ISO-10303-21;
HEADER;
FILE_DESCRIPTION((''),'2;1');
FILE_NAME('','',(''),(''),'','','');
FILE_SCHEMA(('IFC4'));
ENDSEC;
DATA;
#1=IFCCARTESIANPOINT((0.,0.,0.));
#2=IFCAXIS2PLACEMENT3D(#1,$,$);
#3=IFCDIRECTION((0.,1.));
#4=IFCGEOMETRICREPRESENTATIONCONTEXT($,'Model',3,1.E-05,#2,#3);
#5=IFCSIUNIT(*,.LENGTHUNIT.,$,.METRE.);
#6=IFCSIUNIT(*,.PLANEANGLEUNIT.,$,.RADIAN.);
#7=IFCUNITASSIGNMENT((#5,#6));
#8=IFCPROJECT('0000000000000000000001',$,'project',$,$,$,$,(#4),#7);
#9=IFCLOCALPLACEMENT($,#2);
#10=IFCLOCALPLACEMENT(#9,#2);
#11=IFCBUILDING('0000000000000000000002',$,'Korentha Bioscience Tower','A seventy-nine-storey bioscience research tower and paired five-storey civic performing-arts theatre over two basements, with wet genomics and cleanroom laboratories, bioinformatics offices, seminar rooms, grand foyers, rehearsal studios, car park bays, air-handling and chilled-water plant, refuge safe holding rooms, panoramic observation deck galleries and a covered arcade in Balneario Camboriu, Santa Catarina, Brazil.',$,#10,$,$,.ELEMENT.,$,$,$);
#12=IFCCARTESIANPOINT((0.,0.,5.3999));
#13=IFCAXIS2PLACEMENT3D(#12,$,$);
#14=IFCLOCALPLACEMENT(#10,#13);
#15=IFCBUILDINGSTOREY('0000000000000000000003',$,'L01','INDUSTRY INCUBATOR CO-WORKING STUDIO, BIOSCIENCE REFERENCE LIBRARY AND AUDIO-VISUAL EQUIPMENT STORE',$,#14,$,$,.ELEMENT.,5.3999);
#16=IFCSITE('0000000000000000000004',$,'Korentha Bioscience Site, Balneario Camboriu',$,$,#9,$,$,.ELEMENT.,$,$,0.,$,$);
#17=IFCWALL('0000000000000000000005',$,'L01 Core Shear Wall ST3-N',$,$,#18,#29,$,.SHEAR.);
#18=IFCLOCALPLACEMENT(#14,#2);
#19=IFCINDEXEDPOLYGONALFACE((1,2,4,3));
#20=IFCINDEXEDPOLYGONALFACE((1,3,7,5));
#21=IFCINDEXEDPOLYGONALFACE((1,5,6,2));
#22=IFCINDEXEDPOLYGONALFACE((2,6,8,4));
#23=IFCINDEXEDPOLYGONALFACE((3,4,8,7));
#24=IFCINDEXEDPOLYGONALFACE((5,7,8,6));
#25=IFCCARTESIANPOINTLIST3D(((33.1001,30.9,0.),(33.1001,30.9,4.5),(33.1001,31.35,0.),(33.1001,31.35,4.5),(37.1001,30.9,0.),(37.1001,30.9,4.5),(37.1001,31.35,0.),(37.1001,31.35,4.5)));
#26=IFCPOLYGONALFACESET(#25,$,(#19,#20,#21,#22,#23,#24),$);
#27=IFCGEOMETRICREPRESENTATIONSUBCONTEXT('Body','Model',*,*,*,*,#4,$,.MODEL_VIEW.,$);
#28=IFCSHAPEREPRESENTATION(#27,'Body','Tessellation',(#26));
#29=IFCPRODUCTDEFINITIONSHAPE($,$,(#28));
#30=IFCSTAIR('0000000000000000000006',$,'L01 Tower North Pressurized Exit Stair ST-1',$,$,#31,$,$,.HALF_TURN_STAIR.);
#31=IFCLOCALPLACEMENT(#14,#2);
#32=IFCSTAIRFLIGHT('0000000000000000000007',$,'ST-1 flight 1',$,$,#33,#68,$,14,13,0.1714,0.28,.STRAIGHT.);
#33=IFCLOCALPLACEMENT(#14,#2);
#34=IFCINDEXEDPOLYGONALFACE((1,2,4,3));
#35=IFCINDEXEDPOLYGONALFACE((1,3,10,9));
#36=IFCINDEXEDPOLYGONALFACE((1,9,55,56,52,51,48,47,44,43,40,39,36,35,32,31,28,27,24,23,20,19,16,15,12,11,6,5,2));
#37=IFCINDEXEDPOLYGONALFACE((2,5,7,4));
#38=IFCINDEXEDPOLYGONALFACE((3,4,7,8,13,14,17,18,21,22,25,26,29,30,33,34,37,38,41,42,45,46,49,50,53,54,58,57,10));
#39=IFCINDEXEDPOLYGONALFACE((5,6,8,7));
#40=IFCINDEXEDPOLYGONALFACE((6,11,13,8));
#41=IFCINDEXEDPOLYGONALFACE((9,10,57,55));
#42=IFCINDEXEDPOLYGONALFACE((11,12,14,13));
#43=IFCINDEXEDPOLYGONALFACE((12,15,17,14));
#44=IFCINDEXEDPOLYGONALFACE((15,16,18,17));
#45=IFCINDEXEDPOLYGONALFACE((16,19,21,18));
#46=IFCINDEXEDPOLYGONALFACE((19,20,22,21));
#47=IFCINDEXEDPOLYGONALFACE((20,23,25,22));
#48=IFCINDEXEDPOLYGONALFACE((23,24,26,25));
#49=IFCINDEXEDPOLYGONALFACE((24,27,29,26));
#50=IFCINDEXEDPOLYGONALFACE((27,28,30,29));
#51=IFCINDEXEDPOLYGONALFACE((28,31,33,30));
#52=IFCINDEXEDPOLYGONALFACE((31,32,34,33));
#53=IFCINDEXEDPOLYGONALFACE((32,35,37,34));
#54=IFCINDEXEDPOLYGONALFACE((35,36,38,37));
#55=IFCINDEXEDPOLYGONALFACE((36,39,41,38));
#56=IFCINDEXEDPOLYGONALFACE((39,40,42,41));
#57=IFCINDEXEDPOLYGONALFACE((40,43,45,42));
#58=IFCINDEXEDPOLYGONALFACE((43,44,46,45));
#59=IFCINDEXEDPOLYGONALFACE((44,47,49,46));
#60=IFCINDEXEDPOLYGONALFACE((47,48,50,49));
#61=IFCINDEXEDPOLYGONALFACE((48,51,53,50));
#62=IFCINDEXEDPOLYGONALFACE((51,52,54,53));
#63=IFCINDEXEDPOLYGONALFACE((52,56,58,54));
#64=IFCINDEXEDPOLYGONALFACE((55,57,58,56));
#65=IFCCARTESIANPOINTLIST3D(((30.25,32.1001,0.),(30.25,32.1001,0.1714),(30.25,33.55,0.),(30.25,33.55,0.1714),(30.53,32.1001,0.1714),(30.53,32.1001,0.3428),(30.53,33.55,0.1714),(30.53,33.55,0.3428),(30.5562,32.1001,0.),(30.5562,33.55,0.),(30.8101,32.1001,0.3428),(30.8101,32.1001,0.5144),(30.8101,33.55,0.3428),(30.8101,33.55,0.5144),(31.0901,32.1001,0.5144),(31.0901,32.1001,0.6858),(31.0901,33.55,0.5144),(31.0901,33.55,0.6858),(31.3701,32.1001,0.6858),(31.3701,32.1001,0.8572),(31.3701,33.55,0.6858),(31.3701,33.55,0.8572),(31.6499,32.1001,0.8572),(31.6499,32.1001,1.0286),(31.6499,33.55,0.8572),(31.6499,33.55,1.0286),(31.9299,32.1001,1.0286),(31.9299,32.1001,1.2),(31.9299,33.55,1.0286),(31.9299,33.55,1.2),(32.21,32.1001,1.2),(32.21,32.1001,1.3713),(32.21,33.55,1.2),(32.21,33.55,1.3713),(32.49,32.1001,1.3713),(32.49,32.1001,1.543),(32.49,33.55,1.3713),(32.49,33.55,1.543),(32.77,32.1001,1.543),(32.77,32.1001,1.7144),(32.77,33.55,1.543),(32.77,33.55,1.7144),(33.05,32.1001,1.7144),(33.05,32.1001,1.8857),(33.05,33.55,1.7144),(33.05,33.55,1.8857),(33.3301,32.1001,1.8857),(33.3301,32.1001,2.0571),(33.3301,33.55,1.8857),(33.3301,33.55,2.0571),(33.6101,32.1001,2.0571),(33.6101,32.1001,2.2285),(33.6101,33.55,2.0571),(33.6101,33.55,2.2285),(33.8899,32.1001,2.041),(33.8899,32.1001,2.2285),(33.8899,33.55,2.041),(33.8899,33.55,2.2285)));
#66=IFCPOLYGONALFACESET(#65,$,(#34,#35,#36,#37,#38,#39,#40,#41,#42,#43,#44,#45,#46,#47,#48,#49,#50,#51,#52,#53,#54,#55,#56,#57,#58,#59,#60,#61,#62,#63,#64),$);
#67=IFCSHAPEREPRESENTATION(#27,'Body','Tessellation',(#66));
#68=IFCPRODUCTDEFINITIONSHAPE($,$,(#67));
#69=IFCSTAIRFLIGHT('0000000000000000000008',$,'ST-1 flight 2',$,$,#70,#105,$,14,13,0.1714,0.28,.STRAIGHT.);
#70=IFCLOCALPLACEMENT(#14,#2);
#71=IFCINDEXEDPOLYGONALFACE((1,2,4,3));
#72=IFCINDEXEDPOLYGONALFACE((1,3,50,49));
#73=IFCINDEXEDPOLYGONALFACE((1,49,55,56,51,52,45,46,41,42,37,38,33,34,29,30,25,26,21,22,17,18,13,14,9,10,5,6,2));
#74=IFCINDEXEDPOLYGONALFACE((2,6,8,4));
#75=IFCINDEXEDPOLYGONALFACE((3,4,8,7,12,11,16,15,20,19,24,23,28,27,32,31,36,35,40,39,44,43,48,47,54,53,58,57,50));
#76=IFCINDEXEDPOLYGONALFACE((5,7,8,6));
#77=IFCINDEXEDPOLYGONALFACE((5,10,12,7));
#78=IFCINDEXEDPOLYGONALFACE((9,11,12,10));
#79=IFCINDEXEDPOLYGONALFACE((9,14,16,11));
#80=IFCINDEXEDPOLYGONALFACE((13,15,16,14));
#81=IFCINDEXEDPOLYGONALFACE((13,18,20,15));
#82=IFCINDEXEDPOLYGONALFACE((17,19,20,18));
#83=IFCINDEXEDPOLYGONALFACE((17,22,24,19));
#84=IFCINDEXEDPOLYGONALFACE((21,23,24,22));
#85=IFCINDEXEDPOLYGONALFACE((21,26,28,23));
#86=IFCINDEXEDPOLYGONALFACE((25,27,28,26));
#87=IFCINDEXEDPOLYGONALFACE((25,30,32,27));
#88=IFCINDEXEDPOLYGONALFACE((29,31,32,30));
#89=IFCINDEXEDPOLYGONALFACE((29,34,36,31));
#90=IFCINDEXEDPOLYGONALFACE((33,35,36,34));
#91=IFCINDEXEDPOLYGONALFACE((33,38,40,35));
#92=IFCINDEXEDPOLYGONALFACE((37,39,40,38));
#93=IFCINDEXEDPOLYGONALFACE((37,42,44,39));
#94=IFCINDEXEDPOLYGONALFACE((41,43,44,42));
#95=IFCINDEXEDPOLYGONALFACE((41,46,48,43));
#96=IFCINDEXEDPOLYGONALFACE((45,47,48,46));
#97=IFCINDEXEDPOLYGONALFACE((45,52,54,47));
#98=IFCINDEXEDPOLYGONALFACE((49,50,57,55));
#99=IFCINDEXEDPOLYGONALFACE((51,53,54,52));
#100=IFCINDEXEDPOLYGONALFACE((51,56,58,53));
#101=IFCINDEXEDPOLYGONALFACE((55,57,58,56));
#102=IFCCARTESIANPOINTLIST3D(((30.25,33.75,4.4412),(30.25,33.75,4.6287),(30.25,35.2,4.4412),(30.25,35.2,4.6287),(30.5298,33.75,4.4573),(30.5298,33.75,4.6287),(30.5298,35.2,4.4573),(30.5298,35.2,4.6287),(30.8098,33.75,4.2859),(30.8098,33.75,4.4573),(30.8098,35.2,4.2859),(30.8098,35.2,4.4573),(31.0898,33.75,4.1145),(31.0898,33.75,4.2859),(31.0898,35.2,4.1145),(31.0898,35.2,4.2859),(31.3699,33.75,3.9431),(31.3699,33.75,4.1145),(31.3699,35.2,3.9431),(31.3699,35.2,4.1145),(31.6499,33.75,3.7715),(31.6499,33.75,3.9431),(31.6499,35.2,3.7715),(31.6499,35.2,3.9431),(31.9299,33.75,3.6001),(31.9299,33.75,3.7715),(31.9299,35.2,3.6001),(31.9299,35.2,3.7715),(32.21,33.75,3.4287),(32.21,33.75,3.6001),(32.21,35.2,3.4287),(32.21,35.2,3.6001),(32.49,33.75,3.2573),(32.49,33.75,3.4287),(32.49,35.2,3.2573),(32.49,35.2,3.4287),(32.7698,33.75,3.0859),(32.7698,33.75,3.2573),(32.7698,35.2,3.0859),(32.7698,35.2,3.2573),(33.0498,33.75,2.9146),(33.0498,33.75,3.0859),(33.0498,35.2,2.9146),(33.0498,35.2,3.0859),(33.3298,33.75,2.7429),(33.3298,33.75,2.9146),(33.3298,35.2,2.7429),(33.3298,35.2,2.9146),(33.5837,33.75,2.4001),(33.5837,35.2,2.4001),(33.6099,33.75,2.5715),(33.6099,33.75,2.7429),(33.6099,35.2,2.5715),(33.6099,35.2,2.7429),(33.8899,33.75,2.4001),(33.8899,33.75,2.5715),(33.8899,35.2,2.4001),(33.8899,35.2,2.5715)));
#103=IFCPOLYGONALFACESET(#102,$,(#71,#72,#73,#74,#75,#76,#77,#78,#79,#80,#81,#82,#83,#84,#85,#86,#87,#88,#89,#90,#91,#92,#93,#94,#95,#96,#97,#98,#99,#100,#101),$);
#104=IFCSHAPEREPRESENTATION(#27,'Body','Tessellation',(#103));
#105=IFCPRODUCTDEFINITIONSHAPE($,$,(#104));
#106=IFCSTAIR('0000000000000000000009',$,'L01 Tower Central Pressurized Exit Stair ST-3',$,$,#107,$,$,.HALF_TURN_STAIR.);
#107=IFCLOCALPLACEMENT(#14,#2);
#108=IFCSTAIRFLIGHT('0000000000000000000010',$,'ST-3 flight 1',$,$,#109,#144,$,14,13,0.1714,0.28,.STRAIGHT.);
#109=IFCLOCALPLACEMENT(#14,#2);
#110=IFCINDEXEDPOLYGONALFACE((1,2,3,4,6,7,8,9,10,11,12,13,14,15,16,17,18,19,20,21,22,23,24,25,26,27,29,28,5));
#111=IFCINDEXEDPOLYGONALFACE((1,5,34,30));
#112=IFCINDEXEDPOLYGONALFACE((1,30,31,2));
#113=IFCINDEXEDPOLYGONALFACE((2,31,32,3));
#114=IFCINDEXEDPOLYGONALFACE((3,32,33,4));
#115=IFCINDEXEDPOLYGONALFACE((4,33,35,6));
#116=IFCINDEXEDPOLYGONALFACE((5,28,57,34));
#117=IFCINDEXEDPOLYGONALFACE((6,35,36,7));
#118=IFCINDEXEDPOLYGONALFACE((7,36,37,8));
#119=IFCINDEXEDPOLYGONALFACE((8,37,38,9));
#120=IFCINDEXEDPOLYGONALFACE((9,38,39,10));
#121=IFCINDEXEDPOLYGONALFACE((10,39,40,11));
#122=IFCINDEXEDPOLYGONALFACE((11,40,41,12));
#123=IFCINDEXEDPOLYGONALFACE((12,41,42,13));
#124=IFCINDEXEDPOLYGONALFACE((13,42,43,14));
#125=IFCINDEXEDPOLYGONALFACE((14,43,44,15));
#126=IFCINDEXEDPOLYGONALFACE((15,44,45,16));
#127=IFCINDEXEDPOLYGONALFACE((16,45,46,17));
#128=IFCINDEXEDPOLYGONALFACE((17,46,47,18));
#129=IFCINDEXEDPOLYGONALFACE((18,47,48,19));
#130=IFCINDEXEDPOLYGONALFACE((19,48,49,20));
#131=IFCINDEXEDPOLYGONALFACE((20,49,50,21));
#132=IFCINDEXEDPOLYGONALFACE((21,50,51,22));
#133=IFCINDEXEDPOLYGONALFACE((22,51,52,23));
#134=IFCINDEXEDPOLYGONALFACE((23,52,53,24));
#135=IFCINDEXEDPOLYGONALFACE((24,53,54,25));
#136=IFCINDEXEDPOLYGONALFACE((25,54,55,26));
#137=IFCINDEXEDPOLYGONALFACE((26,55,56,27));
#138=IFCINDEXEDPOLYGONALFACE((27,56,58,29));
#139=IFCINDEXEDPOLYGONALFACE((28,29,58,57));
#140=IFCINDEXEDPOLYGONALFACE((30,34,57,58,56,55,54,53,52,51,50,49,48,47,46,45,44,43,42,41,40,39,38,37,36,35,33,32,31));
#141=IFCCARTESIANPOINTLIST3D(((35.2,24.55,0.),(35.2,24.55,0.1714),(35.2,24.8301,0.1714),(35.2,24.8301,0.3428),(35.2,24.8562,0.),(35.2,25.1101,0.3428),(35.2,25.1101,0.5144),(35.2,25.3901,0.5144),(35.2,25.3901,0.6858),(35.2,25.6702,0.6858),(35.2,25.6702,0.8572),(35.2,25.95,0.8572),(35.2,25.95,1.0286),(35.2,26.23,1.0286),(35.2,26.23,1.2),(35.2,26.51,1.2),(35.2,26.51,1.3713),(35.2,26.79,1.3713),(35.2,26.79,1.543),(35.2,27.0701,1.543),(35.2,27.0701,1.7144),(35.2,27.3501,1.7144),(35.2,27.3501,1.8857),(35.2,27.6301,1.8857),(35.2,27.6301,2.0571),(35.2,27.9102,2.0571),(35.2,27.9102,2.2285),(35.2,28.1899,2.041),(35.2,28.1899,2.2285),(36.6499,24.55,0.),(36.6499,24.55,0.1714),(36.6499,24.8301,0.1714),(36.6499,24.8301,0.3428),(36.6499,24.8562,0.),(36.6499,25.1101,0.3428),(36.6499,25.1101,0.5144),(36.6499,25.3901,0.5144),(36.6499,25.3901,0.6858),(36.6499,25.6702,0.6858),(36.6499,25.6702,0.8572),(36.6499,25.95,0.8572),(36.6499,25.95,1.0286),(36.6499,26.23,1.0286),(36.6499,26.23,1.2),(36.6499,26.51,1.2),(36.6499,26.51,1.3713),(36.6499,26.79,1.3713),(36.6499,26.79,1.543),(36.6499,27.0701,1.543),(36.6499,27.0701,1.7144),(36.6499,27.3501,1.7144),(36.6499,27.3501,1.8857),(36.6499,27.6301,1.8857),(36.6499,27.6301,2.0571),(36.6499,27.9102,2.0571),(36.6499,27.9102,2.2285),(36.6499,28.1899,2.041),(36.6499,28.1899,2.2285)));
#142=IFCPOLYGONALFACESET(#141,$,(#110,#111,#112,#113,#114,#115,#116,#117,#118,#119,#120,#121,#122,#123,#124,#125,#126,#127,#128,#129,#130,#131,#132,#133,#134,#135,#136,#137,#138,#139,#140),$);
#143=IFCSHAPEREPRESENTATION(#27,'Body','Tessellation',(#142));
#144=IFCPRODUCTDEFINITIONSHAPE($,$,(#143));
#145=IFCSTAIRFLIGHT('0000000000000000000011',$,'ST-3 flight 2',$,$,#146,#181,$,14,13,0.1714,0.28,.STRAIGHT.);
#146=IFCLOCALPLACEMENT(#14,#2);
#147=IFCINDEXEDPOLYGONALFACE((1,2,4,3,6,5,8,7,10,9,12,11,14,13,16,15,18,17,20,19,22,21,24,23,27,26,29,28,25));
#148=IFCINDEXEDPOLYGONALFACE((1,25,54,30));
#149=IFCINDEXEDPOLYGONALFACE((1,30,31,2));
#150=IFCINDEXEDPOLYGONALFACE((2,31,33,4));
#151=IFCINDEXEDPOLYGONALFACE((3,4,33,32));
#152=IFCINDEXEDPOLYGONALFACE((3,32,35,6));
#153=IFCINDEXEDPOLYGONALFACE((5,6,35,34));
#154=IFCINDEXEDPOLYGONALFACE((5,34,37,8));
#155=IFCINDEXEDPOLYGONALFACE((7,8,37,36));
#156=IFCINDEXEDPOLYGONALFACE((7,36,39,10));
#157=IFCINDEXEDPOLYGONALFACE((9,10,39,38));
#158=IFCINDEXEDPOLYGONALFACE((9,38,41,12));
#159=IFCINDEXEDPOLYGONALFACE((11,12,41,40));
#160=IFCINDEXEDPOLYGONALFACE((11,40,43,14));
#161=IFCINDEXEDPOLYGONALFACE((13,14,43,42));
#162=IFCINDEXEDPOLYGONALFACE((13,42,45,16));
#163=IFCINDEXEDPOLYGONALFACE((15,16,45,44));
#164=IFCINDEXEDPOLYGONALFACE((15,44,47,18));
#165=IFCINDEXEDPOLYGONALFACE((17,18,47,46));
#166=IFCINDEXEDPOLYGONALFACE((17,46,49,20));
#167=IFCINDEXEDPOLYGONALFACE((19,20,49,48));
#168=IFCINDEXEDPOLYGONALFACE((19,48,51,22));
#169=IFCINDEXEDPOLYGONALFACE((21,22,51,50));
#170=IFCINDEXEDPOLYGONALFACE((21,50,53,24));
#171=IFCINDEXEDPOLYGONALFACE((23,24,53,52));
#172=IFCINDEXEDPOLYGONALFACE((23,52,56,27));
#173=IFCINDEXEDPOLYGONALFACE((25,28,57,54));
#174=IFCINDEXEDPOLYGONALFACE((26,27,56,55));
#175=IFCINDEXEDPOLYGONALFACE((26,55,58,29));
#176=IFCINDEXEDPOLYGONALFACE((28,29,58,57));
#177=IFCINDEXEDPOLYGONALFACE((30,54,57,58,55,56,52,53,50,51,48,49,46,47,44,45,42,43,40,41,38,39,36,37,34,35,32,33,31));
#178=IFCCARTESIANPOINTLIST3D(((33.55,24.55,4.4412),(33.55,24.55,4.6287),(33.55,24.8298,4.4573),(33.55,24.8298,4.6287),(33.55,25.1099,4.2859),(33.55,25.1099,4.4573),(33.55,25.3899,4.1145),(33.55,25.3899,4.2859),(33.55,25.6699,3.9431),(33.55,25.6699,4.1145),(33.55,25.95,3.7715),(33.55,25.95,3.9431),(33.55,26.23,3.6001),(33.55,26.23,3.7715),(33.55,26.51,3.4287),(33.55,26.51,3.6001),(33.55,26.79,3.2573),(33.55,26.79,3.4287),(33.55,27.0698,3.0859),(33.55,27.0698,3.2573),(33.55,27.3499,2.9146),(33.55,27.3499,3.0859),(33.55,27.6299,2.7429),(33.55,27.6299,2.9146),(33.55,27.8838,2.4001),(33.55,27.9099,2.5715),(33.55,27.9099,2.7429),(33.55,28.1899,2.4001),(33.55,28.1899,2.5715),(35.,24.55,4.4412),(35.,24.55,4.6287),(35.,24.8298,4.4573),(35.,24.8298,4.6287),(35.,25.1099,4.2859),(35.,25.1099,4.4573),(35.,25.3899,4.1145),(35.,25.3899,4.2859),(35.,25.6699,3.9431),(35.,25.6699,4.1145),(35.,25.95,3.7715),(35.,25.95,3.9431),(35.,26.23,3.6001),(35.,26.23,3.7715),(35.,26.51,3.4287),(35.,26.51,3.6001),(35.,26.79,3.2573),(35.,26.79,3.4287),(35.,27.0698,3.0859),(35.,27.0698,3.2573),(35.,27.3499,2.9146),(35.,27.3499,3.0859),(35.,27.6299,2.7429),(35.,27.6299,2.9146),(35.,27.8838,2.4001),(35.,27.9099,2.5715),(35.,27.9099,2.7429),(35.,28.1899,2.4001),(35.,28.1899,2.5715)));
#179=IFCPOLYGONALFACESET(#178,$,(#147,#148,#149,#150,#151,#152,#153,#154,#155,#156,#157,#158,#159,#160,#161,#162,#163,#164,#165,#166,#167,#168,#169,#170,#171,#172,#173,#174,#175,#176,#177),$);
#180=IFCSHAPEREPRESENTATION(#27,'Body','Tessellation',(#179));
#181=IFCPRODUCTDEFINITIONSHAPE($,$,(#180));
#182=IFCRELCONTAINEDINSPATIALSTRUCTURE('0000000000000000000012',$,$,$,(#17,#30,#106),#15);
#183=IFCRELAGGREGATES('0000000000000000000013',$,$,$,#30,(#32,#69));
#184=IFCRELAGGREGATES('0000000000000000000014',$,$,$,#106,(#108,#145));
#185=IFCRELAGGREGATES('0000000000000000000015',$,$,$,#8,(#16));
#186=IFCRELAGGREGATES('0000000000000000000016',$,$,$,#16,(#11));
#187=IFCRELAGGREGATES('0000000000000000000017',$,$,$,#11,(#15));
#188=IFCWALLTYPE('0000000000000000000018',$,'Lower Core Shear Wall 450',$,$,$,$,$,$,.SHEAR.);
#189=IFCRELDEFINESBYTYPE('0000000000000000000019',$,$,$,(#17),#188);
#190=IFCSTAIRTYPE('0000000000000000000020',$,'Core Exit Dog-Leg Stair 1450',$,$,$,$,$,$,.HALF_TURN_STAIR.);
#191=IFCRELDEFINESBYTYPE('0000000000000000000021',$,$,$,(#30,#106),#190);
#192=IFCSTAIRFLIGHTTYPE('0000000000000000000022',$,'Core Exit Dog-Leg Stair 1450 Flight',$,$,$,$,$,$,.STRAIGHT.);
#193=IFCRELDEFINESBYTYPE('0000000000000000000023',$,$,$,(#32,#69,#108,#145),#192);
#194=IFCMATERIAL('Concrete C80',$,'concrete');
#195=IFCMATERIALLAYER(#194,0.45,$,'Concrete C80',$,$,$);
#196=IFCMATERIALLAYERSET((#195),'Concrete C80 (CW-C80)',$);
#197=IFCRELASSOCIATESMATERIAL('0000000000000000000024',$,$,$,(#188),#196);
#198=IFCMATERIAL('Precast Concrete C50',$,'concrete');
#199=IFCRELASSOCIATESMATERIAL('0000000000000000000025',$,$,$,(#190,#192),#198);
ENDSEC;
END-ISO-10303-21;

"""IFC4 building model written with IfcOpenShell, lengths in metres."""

from ifc_helpers import new_model, si_unit, direction, frame, frame_2d, origin, place, context, subcontext, project, spatial, polyline, rectangle, outline, extrude, material, layer, layer_set, type_object, element, aggregate, save


model = new_model("IFC4")

# Units and contexts
model_context = context("Model", 3, precision=1e-05, world=origin(), true_north=direction((0.0, 1.0)))
body_context = subcontext(model_context, "Body", "Model", "MODEL_VIEW")
ifc_project = project(units=[si_unit("LENGTHUNIT", "METRE"), si_unit("PLANEANGLEUNIT", "RADIAN")], contexts=[model_context])

# Site, building, storey
site_placement = place(None, origin())
site = spatial("IfcSite", under=ifc_project, at=site_placement, Name="Korentha Bioscience Site, Balneario Camboriu", CompositionType="ELEMENT", RefElevation=0.0)
building_placement = place(site_placement, origin())
building = spatial("IfcBuilding", under=site, at=building_placement, Name="Korentha Bioscience Tower", Description="A seventy-nine-storey bioscience research tower and paired five-storey civic performing-arts theatre over two basements, with wet genomics and cleanroom laboratories, bioinformatics offices, seminar rooms, grand foyers, rehearsal studios, car park bays, air-handling and chilled-water plant, refuge safe holding rooms, panoramic observation deck galleries and a covered arcade in Balneario Camboriu, Santa Catarina, Brazil.", CompositionType="ELEMENT")
storey_placement = place(building_placement, frame((0.0, 0.0, 5.3999)))
storey = spatial("IfcBuildingStorey", under=building, at=storey_placement, Name="L01", Description="INDUSTRY INCUBATOR CO-WORKING STUDIO, BIOSCIENCE REFERENCE LIBRARY AND AUDIO-VISUAL EQUIPMENT STORE", CompositionType="ELEMENT", Elevation=5.3999)

# Shared definitions
ifc_material_1 = material(Name="Concrete C80", Category="concrete")

# Wall
ifc_layer_1 = layer(ifc_material_1, 0.45, Name="Concrete C80")
ifc_layer_set_1 = layer_set([ifc_layer_1], Name="Concrete C80 (CW-C80)")
wall_type_1 = type_object("IfcWallType", Name="Lower Core Shear Wall 450", PredefinedType="SHEAR", material=ifc_layer_set_1)
wall_1_placement = place(storey_placement, frame((33.1001, 31.125, 0.0), z_axis=(0.0, 0.0, 1.0), x_axis=(1.0, 0.0, 0.0)))
element("IfcWall", 1, at=wall_1_placement, inside=storey, type_object=wall_type_1, Name="L01 Core Shear Wall ST3-N", PredefinedType="SHEAR", context=body_context, shape_type="SweptSolid", body=[
    extrude(rectangle(XDim=4.0, YDim=0.45, at=frame_2d((2.0, 0.0))), origin(), (0.0, 0.0, 1.0), 4.5),
])

# Stairs, stair flights
ifc_material_2 = material(Name="Precast Concrete C50", Category="concrete")
stair_type = type_object("IfcStairType", Name="Core Exit Dog-Leg Stair 1450", PredefinedType="HALF_TURN_STAIR", material=ifc_material_2)
stair_1_placement = place(storey_placement, origin())
stair_1 = element("IfcStair", 2, at=stair_1_placement, inside=storey, type_object=stair_type, Name="L01 Tower North Pressurized Exit Stair ST-1", PredefinedType="HALF_TURN_STAIR")
stair_flight_type = type_object("IfcStairFlightType", Name="Core Exit Dog-Leg Stair 1450 Flight", PredefinedType="STRAIGHT", material=ifc_material_2)
stair_flight_1_placement = place(storey_placement, frame((30.25, 32.825, 0.0), z_axis=(0.0, 0.0, 1.0), x_axis=(1.0, 0.0, 0.0)))
stair_flight_1 = element("IfcStairFlight", 3, at=stair_flight_1_placement, type_object=stair_flight_type, Name="ST-1 flight 1", NumberOfRisers=14, NumberOfTreads=13, PredefinedType="STRAIGHT", RiserHeight=0.1714, TreadLength=0.28, context=body_context, shape_type="SweptSolid", body=[
    extrude(outline(polyline([(0.0, 0.0), (0.0, 0.1714), (0.28, 0.1714), (0.28, 0.3428), (0.5601, 0.3428), (0.5601, 0.5144), (0.8401, 0.5144), (0.8401, 0.6858), (1.1201, 0.6858), (1.1201, 0.8572), (1.3999, 0.8572), (1.3999, 1.0286), (1.6799, 1.0286), (1.6799, 1.2), (1.96, 1.2), (1.96, 1.3713), (2.24, 1.3713), (2.24, 1.543), (2.52, 1.543), (2.52, 1.7144), (2.8, 1.7144), (2.8, 1.8857), (3.0801, 1.8857), (3.0801, 2.0571), (3.3601, 2.0571), (3.3601, 2.2285), (3.6399, 2.2285), (3.6399, 2.3999), (3.6399, 2.041), (0.3062, 0.0), (0.0, 0.0)])), frame((0.0, 0.7251, 0.0), z_axis=(0.0, -1.0, 0.0), x_axis=(1.0, 0.0, 0.0)), (0.0, 0.0, 1.0), 1.45),
])
stair_flight_2_placement = place(storey_placement, frame((33.8899, 34.4751, 2.4001), z_axis=(0.0, 0.0, 1.0), x_axis=(-1.0, 0.0, 0.0)))
stair_flight_2 = element("IfcStairFlight", 4, at=stair_flight_2_placement, type_object=stair_flight_type, Name="ST-1 flight 2", NumberOfRisers=14, NumberOfTreads=13, PredefinedType="STRAIGHT", RiserHeight=0.1714, TreadLength=0.28, context=body_context, shape_type="SweptSolid", body=[
    extrude(outline(polyline([(0.0, 0.0), (0.0, 0.1714), (0.28, 0.1714), (0.28, 0.3428), (0.5601, 0.3428), (0.5601, 0.5144), (0.8401, 0.5144), (0.8401, 0.6858), (1.1201, 0.6858), (1.1201, 0.8572), (1.3999, 0.8572), (1.3999, 1.0286), (1.6799, 1.0286), (1.6799, 1.2), (1.96, 1.2), (1.96, 1.3713), (2.24, 1.3713), (2.24, 1.543), (2.52, 1.543), (2.52, 1.7144), (2.8, 1.7144), (2.8, 1.8857), (3.0801, 1.8857), (3.0801, 2.0571), (3.3601, 2.0571), (3.3601, 2.2285), (3.6399, 2.2285), (3.6399, 2.3999), (3.6399, 2.041), (0.3062, 0.0), (0.0, 0.0)])), frame((0.0, 0.7251, 0.0), z_axis=(0.0, -1.0, 0.0), x_axis=(1.0, 0.0, 0.0)), (0.0, 0.0, 1.0), 1.45),
])
aggregate(stair_1, [stair_flight_1, stair_flight_2])
stair_2_placement = place(storey_placement, origin())
stair_2 = element("IfcStair", 5, at=stair_2_placement, inside=storey, type_object=stair_type, Name="L01 Tower Central Pressurized Exit Stair ST-3", PredefinedType="HALF_TURN_STAIR")
stair_flight_3_placement = place(storey_placement, frame((35.925, 24.55, 0.0), z_axis=(0.0, 0.0, 1.0), x_axis=(0.0, 1.0, 0.0)))
stair_flight_3 = element("IfcStairFlight", 6, at=stair_flight_3_placement, type_object=stair_flight_type, Name="ST-3 flight 1", NumberOfRisers=14, NumberOfTreads=13, PredefinedType="STRAIGHT", RiserHeight=0.1714, TreadLength=0.28, context=body_context, shape_type="SweptSolid", body=[
    extrude(outline(polyline([(0.0, 0.0), (0.0, 0.1714), (0.28, 0.1714), (0.28, 0.3428), (0.5601, 0.3428), (0.5601, 0.5144), (0.8401, 0.5144), (0.8401, 0.6858), (1.1201, 0.6858), (1.1201, 0.8572), (1.3999, 0.8572), (1.3999, 1.0286), (1.6799, 1.0286), (1.6799, 1.2), (1.96, 1.2), (1.96, 1.3713), (2.24, 1.3713), (2.24, 1.543), (2.52, 1.543), (2.52, 1.7144), (2.8, 1.7144), (2.8, 1.8857), (3.0801, 1.8857), (3.0801, 2.0571), (3.3601, 2.0571), (3.3601, 2.2285), (3.6399, 2.2285), (3.6399, 2.3999), (3.6399, 2.041), (0.3062, 0.0), (0.0, 0.0)])), frame((0.0, 0.7251, 0.0), z_axis=(0.0, -1.0, 0.0), x_axis=(1.0, 0.0, 0.0)), (0.0, 0.0, 1.0), 1.45),
])
stair_flight_4_placement = place(storey_placement, frame((34.2749, 28.1899, 2.4001), z_axis=(0.0, 0.0, 1.0), x_axis=(0.0, -1.0, 0.0)))
stair_flight_4 = element("IfcStairFlight", 7, at=stair_flight_4_placement, type_object=stair_flight_type, Name="ST-3 flight 2", NumberOfRisers=14, NumberOfTreads=13, PredefinedType="STRAIGHT", RiserHeight=0.1714, TreadLength=0.28, context=body_context, shape_type="SweptSolid", body=[
    extrude(outline(polyline([(0.0, 0.0), (0.0, 0.1714), (0.28, 0.1714), (0.28, 0.3428), (0.5601, 0.3428), (0.5601, 0.5144), (0.8401, 0.5144), (0.8401, 0.6858), (1.1201, 0.6858), (1.1201, 0.8572), (1.3999, 0.8572), (1.3999, 1.0286), (1.6799, 1.0286), (1.6799, 1.2), (1.96, 1.2), (1.96, 1.3713), (2.24, 1.3713), (2.24, 1.543), (2.52, 1.543), (2.52, 1.7144), (2.8, 1.7144), (2.8, 1.8857), (3.0801, 1.8857), (3.0801, 2.0571), (3.3601, 2.0571), (3.3601, 2.2285), (3.6399, 2.2285), (3.6399, 2.3999), (3.6399, 2.041), (0.3062, 0.0), (0.0, 0.0)])), frame((0.0, 0.7251, 0.0), z_axis=(0.0, -1.0, 0.0), x_axis=(1.0, 0.0, 0.0)), (0.0, 0.0, 1.0), 1.45),
])
aggregate(stair_2, [stair_flight_3, stair_flight_4])

save(model, "model.ifc")
